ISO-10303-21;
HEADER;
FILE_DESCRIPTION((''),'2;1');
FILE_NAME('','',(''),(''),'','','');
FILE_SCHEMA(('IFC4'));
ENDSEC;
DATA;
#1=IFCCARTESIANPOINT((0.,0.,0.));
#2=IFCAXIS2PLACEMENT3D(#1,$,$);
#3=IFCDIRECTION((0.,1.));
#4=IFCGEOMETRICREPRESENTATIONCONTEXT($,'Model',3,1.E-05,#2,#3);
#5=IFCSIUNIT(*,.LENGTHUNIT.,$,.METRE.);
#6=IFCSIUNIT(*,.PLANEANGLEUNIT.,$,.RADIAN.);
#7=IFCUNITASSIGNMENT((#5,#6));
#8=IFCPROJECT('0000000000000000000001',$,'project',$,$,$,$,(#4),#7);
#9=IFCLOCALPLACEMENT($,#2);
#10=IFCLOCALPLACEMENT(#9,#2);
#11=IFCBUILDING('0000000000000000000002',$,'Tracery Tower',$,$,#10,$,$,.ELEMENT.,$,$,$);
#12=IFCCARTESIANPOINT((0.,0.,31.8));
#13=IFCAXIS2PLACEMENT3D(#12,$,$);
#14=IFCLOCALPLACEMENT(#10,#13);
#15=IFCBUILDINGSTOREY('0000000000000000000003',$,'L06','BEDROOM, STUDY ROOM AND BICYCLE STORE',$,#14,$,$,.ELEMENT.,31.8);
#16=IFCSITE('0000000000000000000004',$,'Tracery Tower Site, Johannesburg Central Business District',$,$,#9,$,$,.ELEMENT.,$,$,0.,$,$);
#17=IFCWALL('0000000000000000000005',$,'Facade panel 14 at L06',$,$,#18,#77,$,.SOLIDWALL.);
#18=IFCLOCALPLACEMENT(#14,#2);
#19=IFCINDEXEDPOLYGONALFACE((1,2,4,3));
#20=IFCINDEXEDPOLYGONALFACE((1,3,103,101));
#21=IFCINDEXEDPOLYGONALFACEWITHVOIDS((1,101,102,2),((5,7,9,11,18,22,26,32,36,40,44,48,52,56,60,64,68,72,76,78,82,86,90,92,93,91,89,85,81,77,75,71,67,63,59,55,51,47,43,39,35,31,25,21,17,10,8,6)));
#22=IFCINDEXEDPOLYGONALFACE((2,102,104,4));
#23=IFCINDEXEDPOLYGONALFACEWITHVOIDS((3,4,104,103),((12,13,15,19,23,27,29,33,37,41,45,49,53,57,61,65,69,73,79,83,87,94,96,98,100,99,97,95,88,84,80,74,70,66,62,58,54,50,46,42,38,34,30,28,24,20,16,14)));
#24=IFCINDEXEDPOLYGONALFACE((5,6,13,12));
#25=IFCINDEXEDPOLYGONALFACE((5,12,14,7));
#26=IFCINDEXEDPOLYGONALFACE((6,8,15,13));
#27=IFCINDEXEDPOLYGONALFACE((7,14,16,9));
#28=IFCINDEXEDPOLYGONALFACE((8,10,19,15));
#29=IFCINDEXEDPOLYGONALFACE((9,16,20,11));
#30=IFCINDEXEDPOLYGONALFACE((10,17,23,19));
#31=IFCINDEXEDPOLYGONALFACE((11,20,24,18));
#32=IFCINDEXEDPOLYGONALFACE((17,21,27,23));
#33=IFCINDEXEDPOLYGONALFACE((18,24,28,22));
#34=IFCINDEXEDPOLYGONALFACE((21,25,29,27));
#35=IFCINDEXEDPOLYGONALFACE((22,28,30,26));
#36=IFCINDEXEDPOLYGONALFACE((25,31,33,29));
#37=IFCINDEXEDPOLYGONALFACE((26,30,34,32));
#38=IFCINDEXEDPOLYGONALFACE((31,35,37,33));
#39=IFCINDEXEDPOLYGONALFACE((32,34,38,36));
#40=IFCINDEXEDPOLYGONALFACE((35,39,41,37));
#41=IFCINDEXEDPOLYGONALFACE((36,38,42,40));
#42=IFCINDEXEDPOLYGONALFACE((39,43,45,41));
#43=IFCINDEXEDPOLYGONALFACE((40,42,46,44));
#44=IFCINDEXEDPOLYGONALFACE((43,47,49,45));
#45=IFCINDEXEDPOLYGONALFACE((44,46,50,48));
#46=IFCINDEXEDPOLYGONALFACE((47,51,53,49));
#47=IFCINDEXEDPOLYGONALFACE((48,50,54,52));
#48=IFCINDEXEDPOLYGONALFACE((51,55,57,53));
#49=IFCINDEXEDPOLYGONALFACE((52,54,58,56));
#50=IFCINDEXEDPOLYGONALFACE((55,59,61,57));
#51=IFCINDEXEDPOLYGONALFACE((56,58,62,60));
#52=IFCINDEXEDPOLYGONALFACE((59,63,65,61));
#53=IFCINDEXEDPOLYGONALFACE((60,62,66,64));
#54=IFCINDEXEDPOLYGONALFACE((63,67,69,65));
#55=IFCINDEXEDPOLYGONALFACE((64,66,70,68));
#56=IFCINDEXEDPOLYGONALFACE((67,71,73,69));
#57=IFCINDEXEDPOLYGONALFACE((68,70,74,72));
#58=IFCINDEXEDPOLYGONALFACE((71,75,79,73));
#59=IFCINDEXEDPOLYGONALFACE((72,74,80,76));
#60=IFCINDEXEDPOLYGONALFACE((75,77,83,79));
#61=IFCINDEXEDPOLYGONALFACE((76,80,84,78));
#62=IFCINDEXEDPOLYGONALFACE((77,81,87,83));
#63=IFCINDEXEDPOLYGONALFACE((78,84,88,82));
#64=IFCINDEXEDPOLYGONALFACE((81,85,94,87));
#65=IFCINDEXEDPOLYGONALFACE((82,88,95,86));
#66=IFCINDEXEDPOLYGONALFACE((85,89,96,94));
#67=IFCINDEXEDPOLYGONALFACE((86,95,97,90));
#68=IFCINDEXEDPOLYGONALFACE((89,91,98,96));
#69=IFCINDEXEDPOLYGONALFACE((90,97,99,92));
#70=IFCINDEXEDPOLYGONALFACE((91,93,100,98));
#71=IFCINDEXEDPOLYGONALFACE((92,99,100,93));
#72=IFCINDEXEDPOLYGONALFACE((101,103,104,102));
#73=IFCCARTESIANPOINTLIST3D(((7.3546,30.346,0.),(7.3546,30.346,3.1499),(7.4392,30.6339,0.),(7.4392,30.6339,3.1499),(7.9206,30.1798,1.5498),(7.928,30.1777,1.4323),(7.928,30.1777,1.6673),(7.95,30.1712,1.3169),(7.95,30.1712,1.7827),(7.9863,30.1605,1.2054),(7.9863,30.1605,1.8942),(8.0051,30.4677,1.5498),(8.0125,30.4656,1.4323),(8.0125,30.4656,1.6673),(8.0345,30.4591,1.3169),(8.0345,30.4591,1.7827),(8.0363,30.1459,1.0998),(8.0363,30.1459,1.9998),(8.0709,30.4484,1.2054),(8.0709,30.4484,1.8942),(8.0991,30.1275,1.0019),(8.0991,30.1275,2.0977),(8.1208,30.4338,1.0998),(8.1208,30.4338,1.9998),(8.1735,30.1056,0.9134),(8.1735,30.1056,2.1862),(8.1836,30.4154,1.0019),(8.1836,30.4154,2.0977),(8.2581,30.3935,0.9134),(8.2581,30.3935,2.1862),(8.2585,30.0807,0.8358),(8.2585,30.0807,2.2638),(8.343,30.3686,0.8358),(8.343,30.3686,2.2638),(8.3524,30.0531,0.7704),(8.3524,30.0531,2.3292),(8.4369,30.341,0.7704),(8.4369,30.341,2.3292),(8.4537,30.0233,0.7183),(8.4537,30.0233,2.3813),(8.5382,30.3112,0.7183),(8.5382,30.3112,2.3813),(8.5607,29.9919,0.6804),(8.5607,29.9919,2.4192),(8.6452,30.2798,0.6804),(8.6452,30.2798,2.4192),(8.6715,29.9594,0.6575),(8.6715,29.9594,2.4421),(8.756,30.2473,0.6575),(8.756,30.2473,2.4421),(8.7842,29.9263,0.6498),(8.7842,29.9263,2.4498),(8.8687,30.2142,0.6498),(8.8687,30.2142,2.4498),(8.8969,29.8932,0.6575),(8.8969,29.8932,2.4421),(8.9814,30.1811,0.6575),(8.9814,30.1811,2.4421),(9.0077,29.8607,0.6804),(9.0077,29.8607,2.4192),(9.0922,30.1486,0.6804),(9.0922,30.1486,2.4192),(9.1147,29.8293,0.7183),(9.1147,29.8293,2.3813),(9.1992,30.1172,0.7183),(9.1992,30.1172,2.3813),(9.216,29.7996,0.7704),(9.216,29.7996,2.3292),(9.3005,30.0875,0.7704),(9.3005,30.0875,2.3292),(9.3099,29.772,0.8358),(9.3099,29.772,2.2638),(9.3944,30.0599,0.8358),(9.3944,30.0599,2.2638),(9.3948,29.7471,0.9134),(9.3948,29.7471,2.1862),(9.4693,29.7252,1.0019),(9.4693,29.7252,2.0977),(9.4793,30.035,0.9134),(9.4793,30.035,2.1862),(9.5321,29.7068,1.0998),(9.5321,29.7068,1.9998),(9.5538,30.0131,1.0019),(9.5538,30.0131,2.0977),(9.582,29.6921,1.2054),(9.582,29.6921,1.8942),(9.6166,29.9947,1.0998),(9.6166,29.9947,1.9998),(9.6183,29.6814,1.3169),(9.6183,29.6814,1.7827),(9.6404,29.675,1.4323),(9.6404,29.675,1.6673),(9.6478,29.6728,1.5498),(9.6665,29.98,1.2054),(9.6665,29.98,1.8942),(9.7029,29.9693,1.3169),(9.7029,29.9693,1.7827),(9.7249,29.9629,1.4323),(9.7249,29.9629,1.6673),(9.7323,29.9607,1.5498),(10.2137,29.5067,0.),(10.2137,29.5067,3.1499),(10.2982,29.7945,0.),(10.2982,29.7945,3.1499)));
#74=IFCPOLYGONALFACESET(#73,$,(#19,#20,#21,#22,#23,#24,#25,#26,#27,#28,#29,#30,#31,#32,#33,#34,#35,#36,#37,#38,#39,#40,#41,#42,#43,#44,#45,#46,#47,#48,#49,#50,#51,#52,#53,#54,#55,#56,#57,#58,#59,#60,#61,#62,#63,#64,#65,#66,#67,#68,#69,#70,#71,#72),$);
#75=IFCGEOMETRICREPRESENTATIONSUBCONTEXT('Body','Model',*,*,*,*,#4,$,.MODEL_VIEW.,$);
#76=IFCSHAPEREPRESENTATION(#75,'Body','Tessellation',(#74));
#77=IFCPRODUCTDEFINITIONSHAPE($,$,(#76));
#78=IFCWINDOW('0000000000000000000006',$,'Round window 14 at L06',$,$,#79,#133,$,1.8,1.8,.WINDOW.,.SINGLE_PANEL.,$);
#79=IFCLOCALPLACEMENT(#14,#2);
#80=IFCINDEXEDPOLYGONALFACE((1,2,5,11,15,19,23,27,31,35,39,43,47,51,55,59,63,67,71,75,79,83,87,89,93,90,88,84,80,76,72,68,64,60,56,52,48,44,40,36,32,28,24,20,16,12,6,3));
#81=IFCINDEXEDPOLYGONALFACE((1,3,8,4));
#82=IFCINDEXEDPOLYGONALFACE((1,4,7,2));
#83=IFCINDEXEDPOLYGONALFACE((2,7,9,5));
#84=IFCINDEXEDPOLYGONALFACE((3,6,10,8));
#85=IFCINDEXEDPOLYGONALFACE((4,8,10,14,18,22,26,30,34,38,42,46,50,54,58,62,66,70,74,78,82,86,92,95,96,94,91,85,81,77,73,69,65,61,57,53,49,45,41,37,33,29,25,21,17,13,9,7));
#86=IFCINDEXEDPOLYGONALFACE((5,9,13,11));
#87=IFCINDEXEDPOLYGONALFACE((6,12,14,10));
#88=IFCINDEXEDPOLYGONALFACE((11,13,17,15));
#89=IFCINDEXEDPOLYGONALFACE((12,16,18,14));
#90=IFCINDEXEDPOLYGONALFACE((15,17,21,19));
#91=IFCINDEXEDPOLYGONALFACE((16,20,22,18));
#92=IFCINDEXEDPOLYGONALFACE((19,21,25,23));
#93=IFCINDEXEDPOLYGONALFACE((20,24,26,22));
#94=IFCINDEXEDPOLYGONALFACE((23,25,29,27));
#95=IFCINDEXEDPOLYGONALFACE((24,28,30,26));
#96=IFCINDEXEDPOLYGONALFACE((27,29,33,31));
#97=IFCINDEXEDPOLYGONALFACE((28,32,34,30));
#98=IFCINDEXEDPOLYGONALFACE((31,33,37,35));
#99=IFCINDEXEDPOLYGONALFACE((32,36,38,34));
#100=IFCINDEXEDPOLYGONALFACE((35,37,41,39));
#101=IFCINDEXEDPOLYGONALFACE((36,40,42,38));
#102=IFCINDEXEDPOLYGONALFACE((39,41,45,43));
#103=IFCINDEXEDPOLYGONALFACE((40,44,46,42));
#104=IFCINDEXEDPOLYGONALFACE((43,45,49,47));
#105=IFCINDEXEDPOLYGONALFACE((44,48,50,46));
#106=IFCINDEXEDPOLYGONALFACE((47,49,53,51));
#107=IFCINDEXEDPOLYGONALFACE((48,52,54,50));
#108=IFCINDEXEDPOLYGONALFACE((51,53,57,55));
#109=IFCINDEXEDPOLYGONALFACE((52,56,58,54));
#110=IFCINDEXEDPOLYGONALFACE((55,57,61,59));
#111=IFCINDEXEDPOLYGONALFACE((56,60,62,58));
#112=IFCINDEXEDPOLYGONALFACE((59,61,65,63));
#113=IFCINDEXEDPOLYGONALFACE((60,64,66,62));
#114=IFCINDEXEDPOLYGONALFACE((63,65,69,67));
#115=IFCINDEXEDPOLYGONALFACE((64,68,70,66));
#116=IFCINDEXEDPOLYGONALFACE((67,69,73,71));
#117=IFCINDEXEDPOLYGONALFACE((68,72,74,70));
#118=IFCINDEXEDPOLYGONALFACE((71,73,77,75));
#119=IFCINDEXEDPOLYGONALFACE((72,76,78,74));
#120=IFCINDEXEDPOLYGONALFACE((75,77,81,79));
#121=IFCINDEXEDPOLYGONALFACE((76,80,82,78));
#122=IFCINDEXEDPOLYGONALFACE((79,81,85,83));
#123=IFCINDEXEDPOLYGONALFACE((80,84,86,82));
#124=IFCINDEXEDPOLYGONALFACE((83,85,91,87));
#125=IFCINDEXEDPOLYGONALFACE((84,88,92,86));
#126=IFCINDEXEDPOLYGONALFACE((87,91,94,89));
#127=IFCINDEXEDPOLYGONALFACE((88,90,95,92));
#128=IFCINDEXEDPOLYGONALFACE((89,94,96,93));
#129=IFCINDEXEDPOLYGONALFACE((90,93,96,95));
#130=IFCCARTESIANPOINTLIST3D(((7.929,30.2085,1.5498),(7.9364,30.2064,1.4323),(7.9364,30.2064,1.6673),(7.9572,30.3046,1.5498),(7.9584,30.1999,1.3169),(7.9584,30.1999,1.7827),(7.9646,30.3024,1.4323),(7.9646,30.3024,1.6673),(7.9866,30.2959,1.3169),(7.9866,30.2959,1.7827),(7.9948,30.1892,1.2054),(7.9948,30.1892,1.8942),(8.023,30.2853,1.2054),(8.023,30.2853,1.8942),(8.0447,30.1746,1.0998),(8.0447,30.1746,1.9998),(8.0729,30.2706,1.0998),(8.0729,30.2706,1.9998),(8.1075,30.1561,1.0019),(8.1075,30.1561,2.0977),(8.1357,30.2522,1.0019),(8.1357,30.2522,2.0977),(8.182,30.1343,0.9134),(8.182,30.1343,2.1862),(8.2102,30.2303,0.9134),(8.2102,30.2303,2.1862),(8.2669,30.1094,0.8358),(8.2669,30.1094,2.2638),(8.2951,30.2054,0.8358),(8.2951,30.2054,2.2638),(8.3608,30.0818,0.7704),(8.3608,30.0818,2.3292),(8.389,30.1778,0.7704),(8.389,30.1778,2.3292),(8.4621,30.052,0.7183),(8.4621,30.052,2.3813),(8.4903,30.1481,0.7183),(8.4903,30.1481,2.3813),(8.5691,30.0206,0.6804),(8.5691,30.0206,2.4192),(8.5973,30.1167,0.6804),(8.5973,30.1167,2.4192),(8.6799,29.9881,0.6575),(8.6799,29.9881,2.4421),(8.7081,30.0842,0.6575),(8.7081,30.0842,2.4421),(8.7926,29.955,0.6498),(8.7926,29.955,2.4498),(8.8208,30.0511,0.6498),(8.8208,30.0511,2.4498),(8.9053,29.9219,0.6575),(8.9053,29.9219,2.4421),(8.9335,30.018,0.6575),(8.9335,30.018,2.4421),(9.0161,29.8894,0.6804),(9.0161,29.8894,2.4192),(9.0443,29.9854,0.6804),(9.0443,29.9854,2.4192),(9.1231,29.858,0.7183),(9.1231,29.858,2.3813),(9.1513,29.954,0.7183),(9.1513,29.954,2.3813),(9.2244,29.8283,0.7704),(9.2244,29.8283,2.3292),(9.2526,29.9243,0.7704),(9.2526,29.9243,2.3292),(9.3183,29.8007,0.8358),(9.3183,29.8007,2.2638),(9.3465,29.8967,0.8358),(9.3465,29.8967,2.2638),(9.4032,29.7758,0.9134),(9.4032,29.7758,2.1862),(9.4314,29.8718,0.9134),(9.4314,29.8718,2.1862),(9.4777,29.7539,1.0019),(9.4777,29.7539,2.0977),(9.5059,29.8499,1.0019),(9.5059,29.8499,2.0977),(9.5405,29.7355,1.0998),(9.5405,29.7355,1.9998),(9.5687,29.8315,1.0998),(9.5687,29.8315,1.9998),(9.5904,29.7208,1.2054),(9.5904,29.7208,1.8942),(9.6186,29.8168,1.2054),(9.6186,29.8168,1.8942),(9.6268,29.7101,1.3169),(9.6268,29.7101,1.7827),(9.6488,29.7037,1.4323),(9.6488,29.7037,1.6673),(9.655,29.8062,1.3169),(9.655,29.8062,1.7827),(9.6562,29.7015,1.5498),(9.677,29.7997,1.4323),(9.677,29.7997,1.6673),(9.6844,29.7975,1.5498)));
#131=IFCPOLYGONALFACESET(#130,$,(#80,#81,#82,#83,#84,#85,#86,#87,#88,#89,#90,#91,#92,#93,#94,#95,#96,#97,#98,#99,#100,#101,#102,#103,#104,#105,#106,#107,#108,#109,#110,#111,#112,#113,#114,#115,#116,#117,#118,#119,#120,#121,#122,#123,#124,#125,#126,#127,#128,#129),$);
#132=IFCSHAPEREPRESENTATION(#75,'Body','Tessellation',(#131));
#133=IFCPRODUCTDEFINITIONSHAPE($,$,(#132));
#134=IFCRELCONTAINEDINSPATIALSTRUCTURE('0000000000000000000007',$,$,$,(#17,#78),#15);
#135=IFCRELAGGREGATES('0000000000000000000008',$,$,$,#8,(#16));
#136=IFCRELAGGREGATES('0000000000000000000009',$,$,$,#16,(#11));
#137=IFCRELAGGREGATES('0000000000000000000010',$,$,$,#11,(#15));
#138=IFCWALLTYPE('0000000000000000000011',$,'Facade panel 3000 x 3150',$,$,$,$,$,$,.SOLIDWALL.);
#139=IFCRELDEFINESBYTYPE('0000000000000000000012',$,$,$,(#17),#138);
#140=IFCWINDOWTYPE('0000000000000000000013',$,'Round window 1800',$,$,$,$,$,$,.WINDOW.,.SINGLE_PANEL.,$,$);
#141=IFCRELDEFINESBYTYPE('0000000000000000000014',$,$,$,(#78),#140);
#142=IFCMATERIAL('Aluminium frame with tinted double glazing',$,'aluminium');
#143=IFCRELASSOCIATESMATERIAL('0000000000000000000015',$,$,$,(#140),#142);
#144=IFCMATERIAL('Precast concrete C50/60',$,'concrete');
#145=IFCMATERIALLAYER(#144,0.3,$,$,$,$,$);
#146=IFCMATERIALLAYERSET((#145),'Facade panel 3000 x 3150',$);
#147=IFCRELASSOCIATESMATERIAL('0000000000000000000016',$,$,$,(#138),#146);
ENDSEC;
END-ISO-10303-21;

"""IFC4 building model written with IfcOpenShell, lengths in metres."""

from ifc_helpers import new_model, si_unit, direction, frame, frame_2d, origin, origin_2d, place, context, subcontext, project, spatial, rectangle, circle, extrude, material, layer, layer_set, type_object, element, fill, save


model = new_model("IFC4")

# Units and contexts
model_context = context("Model", 3, precision=1e-05, world=origin(), true_north=direction((0.0, 1.0)))
body_context = subcontext(model_context, "Body", "Model", "MODEL_VIEW")
ifc_project = project(units=[si_unit("LENGTHUNIT", "METRE"), si_unit("PLANEANGLEUNIT", "RADIAN")], contexts=[model_context])

# Site, building, storey
site_placement = place(None, origin())
site = spatial("IfcSite", under=ifc_project, at=site_placement, Name="Tracery Tower Site, Johannesburg Central Business District", CompositionType="ELEMENT", RefElevation=0.0)
building_placement = place(site_placement, origin())
building = spatial("IfcBuilding", under=site, at=building_placement, Name="Tracery Tower", CompositionType="ELEMENT")
storey_placement = place(building_placement, frame((0.0, 0.0, 31.8)))
storey = spatial("IfcBuildingStorey", under=building, at=storey_placement, Name="L06", Description="BEDROOM, STUDY ROOM AND BICYCLE STORE", CompositionType="ELEMENT", Elevation=31.8)

# Wall, opening, window
ifc_material_1 = material(Name="Aluminium frame with tinted double glazing", Category="aluminium")
window_type = type_object("IfcWindowType", Name="Round window 1800", PartitioningType="SINGLE_PANEL", PredefinedType="WINDOW", material=ifc_material_1)
ifc_material_2 = material(Name="Precast concrete C50/60", Category="concrete")
ifc_layer_1 = layer(ifc_material_2, 0.3)
ifc_layer_set_1 = layer_set([ifc_layer_1], Name="Facade panel 3000 x 3150")
wall_type_1 = type_object("IfcWallType", Name="Facade panel 3000 x 3150", PredefinedType="SOLIDWALL", material=ifc_layer_set_1)
wall_1_placement = place(storey_placement, frame((10.2559, 29.6506, 0.0), z_axis=(0.0, 0.0, 1.0), x_axis=(-0.959508, 0.281683, 0.0)))
wall_1 = element("IfcWall", 1, at=wall_1_placement, inside=storey, type_object=wall_type_1, Name="Facade panel 14 at L06", PredefinedType="SOLIDWALL", context=body_context, shape_type="SweptSolid", body=[
    extrude(rectangle(XDim=2.9797, YDim=0.3, at=frame_2d((1.4897, 0.0))), origin(), (0.0, 0.0, 1.0), 3.1499),
])
opening_1_placement = place(wall_1_placement, frame((1.4897, 0.0, 1.5498)))
opening_1 = element("IfcOpeningElement", 2, at=opening_1_placement, cuts=wall_1, PredefinedType="OPENING", context=body_context, shape_type="SweptSolid", body=[
    extrude(circle(Radius=0.9, at=origin_2d()), frame((0.0, 0.1599, 0.0), z_axis=(0.0, -1.0, 0.0), x_axis=(1.0, 0.0, 0.0)), (0.0, 0.0, 1.0), 0.3201),
])
window_1_placement = place(opening_1_placement, origin())
window_1 = element("IfcWindow", 3, at=window_1_placement, inside=storey, type_object=window_type, Name="Round window 14 at L06", OverallHeight=1.8, OverallWidth=1.8, PartitioningType="SINGLE_PANEL", PredefinedType="WINDOW", context=body_context, shape_type="SweptSolid", body=[
    extrude(circle(Radius=0.9, at=origin_2d()), frame((0.0, 0.1201, 0.0), z_axis=(0.0, -1.0, 0.0), x_axis=(1.0, 0.0, 0.0)), (0.0, 0.0, 1.0), 0.1001),
])
fill(opening_1, window_1)

save(model, "model.ifc")
